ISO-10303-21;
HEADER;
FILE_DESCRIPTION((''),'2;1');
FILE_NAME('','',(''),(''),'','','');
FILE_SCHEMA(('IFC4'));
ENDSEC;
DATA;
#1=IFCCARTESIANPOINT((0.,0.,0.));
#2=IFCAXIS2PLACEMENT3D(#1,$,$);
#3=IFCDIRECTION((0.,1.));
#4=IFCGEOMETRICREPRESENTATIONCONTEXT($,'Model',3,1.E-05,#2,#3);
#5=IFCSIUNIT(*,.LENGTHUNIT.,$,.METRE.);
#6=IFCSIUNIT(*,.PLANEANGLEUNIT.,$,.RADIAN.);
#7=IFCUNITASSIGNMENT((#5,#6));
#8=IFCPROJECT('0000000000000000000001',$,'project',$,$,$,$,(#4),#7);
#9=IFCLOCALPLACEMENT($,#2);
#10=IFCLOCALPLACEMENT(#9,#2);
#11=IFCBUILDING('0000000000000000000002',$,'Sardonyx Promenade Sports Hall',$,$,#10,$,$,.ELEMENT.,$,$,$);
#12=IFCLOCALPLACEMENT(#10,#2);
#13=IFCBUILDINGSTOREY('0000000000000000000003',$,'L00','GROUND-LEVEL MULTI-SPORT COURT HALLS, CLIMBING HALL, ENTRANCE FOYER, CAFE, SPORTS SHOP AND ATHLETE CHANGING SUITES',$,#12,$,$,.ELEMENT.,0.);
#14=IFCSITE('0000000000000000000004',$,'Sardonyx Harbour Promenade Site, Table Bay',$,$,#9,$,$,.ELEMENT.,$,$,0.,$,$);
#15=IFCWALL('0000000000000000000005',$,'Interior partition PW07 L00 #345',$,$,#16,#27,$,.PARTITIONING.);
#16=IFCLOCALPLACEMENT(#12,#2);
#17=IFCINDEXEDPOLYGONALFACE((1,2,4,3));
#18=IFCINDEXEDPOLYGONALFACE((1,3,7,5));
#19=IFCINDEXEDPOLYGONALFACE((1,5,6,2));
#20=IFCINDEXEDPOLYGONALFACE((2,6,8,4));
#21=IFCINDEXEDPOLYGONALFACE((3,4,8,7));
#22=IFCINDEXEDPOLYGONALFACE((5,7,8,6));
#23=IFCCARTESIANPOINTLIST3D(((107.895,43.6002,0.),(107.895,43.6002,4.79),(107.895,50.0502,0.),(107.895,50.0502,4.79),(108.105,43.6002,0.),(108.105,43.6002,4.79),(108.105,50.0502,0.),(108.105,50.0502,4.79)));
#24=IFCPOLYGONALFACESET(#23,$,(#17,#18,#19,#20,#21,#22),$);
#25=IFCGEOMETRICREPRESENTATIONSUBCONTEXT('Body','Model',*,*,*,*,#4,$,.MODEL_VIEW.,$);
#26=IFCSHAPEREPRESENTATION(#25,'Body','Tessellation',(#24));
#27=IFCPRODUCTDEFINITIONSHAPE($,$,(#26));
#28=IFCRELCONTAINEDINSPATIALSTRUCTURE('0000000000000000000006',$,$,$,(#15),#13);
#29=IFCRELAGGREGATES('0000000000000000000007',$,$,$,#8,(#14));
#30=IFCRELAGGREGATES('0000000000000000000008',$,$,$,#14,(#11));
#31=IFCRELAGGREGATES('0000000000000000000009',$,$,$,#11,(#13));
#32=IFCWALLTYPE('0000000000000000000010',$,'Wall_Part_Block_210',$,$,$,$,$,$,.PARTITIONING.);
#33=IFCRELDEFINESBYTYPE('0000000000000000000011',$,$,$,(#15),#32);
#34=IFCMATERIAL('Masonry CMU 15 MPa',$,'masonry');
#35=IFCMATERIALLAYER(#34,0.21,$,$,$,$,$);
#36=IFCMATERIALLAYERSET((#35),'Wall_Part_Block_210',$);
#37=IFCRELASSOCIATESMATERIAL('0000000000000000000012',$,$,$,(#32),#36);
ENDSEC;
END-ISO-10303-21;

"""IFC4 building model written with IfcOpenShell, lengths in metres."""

from ifc_helpers import new_model, si_unit, direction, frame, frame_2d, origin, place, context, subcontext, project, spatial, rectangle, extrude, material, layer, layer_set, type_object, element, save


model = new_model("IFC4")

# Units and contexts
model_context = context("Model", 3, precision=1e-05, world=origin(), true_north=direction((0.0, 1.0)))
body_context = subcontext(model_context, "Body", "Model", "MODEL_VIEW")
ifc_project = project(units=[si_unit("LENGTHUNIT", "METRE"), si_unit("PLANEANGLEUNIT", "RADIAN")], contexts=[model_context])

# Site, building, storey
site_placement = place(None, origin())
site = spatial("IfcSite", under=ifc_project, at=site_placement, Name="Sardonyx Harbour Promenade Site, Table Bay", CompositionType="ELEMENT", RefElevation=0.0)
building_placement = place(site_placement, origin())
building = spatial("IfcBuilding", under=site, at=building_placement, Name="Sardonyx Promenade Sports Hall", CompositionType="ELEMENT")
storey_placement = place(building_placement, origin())
storey = spatial("IfcBuildingStorey", under=building, at=storey_placement, Name="L00", Description="GROUND-LEVEL MULTI-SPORT COURT HALLS, CLIMBING HALL, ENTRANCE FOYER, CAFE, SPORTS SHOP AND ATHLETE CHANGING SUITES", CompositionType="ELEMENT", Elevation=0.0)

# Wall
ifc_material_1 = material(Name="Masonry CMU 15 MPa", Category="masonry")
ifc_layer_1 = layer(ifc_material_1, 0.21)
ifc_layer_set_1 = layer_set([ifc_layer_1], Name="Wall_Part_Block_210")
wall_type = type_object("IfcWallType", Name="Wall_Part_Block_210", PredefinedType="PARTITIONING", material=ifc_layer_set_1)
wall_1_placement = place(storey_placement, frame((108.0, 43.6001, 0.0), z_axis=(0.0, 0.0, 1.0), x_axis=(0.0, 1.0, 0.0)))
element("IfcWall", 1, at=wall_1_placement, inside=storey, type_object=wall_type, Name="Interior partition PW07 L00 #345", PredefinedType="PARTITIONING", context=body_context, shape_type="SweptSolid", body=[
    extrude(rectangle(XDim=6.45, YDim=0.21, at=frame_2d((3.2251, 0.0))), origin(), (0.0, 0.0, 1.0), 4.79),
])

save(model, "model.ifc")
